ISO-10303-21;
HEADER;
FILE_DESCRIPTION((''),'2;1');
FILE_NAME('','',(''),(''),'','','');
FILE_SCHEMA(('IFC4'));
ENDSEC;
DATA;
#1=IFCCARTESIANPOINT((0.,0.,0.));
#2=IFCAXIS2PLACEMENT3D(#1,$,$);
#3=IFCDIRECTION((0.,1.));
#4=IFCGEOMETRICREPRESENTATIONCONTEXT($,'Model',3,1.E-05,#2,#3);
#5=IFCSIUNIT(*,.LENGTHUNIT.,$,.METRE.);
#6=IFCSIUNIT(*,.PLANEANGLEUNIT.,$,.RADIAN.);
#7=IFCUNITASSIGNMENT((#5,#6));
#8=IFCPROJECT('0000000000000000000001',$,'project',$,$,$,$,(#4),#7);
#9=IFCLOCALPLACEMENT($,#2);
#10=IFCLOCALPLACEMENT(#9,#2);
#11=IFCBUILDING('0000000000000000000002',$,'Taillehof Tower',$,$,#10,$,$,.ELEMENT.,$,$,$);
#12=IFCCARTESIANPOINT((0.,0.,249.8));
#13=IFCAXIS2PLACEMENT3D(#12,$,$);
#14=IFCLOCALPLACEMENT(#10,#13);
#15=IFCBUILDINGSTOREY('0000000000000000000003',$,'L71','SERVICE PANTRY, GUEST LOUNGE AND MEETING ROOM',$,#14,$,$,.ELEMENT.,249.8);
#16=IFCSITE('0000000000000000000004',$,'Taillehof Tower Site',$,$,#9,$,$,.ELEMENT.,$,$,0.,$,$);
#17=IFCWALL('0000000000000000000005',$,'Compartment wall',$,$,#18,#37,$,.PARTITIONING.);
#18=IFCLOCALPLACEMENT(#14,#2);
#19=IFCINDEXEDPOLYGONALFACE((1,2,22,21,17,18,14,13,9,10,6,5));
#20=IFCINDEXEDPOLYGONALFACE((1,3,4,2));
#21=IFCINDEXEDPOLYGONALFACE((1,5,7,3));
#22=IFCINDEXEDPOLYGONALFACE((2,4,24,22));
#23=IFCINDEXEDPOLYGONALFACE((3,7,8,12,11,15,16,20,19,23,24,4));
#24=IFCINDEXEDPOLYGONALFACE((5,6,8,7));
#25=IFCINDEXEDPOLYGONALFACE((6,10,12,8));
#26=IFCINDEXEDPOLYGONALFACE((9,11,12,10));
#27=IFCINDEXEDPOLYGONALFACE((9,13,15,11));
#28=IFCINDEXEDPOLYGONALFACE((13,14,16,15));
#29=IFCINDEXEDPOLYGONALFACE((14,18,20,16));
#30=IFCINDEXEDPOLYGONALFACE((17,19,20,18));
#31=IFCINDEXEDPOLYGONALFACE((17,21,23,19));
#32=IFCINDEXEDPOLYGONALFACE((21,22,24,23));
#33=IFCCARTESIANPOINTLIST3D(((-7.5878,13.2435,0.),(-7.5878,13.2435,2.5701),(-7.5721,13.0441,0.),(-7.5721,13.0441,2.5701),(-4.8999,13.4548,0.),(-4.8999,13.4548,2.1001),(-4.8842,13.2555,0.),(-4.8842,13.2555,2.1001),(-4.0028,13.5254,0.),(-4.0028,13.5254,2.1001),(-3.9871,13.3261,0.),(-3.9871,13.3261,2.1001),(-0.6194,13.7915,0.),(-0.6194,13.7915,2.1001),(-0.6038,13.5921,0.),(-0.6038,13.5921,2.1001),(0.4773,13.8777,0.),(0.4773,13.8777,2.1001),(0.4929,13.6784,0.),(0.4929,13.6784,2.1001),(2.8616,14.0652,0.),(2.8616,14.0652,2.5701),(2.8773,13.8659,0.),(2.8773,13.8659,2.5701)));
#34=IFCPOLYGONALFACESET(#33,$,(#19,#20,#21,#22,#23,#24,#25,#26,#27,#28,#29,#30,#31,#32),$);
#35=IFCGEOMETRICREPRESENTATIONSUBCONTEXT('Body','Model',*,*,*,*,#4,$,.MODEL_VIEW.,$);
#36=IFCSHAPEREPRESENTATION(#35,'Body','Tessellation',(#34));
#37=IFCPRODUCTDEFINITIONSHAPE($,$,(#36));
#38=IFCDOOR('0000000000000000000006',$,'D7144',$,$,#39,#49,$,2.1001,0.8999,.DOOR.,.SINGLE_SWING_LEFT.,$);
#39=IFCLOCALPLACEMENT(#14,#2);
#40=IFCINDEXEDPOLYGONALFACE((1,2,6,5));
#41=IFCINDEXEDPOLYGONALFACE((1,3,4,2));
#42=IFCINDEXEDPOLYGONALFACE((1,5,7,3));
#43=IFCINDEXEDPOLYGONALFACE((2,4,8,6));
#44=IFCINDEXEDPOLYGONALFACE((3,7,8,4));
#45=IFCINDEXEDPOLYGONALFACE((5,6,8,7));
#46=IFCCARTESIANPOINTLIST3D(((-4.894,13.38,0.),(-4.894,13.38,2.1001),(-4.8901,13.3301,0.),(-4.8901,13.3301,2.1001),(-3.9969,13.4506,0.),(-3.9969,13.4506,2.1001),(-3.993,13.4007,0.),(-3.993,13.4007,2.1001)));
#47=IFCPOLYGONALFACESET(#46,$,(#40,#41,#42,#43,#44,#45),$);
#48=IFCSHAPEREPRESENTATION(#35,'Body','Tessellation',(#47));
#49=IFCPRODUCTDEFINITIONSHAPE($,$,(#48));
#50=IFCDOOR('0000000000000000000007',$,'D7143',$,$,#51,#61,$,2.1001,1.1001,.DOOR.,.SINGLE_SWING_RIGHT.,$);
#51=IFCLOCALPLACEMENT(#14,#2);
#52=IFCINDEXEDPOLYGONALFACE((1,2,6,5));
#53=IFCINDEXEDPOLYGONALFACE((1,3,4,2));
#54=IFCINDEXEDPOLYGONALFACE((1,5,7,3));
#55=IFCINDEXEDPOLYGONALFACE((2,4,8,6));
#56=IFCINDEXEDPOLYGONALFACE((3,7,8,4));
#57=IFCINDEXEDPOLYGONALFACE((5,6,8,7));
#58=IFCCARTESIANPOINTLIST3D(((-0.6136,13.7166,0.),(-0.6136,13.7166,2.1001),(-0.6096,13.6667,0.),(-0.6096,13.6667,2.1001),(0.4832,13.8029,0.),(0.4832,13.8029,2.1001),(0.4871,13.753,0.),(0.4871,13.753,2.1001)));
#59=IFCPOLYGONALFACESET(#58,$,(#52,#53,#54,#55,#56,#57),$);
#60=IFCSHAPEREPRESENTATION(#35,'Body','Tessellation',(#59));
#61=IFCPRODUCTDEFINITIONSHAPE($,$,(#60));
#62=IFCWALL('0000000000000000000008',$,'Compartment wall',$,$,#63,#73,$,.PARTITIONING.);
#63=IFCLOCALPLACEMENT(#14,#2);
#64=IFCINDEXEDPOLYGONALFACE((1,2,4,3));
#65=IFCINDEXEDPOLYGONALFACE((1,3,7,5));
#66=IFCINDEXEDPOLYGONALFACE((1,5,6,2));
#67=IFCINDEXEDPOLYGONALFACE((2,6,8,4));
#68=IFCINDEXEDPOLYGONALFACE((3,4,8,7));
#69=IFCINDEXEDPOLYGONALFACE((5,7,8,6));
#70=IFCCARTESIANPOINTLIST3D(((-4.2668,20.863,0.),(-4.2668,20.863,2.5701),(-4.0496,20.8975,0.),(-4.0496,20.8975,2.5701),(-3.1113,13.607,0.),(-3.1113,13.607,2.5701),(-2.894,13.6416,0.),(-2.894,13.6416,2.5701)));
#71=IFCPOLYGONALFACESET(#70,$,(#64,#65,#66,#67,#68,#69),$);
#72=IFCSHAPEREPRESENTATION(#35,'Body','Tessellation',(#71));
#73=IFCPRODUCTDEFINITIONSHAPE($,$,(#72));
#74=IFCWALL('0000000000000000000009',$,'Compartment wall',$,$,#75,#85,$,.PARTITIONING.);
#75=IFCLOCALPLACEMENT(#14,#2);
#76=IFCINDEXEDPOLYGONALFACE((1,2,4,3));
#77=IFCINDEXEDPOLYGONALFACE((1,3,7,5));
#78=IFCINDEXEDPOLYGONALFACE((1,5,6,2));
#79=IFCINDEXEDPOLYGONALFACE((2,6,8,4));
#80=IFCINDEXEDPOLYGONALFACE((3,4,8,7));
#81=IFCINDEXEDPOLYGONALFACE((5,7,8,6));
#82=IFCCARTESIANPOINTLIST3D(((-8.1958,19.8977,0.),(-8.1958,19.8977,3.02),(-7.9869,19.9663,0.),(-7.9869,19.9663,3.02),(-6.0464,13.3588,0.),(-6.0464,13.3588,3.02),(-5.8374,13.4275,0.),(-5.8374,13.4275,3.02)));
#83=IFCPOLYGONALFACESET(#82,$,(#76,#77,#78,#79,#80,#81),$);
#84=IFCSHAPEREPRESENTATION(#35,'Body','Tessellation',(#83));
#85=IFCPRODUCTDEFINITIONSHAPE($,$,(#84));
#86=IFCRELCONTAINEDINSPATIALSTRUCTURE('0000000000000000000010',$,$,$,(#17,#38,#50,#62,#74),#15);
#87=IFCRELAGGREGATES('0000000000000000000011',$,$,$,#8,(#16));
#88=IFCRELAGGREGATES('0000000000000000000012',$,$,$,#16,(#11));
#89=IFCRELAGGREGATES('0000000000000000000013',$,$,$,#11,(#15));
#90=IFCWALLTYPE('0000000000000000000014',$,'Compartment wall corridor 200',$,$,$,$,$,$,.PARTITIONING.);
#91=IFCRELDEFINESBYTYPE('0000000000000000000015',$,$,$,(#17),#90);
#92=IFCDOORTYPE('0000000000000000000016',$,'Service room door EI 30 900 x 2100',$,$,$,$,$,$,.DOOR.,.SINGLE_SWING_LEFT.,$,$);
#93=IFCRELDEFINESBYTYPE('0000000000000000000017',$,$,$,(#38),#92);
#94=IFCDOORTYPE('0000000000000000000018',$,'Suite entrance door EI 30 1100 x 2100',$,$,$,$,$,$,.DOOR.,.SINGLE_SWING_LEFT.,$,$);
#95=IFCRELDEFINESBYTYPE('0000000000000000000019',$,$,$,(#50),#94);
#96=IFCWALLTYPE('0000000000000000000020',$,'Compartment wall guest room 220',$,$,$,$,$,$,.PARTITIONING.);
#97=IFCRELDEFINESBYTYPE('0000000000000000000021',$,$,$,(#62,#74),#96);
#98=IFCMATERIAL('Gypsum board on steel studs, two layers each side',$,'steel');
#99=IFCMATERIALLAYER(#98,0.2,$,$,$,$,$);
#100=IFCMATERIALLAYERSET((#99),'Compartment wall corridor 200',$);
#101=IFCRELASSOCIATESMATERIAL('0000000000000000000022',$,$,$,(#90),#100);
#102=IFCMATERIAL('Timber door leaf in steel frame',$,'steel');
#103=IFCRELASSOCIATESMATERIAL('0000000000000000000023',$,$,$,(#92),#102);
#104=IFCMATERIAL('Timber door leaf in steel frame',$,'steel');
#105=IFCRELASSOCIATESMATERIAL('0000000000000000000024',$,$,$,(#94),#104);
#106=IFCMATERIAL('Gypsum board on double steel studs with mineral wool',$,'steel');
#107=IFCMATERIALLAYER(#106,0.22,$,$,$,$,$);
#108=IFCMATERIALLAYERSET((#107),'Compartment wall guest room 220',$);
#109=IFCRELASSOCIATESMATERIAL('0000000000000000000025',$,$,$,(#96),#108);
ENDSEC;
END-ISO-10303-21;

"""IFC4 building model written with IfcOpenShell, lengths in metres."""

from ifc_helpers import new_model, si_unit, direction, frame, frame_2d, origin, place, context, subcontext, project, spatial, rectangle, extrude, material, layer, layer_set, type_object, element, fill, save


model = new_model("IFC4")

# Units and contexts
model_context = context("Model", 3, precision=1e-05, world=origin(), true_north=direction((0.0, 1.0)))
body_context = subcontext(model_context, "Body", "Model", "MODEL_VIEW")
ifc_project = project(units=[si_unit("LENGTHUNIT", "METRE"), si_unit("PLANEANGLEUNIT", "RADIAN")], contexts=[model_context])

# Site, building, storey
site_placement = place(None, origin())
site = spatial("IfcSite", under=ifc_project, at=site_placement, Name="Taillehof Tower Site", CompositionType="ELEMENT", RefElevation=0.0)
building_placement = place(site_placement, origin())
building = spatial("IfcBuilding", under=site, at=building_placement, Name="Taillehof Tower", CompositionType="ELEMENT")
storey_placement = place(building_placement, frame((0.0, 0.0, 249.8)))
storey = spatial("IfcBuildingStorey", under=building, at=storey_placement, Name="L71", Description="SERVICE PANTRY, GUEST LOUNGE AND MEETING ROOM", CompositionType="ELEMENT", Elevation=249.8)

# Shared definitions
ifc_material_1 = material(Name="Gypsum board on steel studs, two layers each side", Category="steel")
ifc_layer_1 = layer(ifc_material_1, 0.2)
ifc_layer_set_1 = layer_set([ifc_layer_1], Name="Compartment wall corridor 200")
wall_type_1 = type_object("IfcWallType", Name="Compartment wall corridor 200", PredefinedType="PARTITIONING", material=ifc_layer_set_1)

# Wall, openings, doors
wall_1_placement = place(storey_placement, frame((-7.5798, 13.1438, 0.0), z_axis=(0.0, 0.0, 1.0), x_axis=(0.996922, 0.078401, 0.0)))
wall_1 = element("IfcWall", 1, at=wall_1_placement, inside=storey, type_object=wall_type_1, Name="Compartment wall", PredefinedType="PARTITIONING", context=body_context, shape_type="SweptSolid", body=[
    extrude(rectangle(XDim=10.4817, YDim=0.2, at=frame_2d((5.2407, 0.0))), origin(), (0.0, 0.0, 1.0), 2.5701),
])
opening_1_placement = place(wall_1_placement, frame((6.9897, 0.0, 0.0)))
opening_1 = element("IfcOpeningElement", 2, at=opening_1_placement, cuts=wall_1, PredefinedType="OPENING", context=body_context, shape_type="SweptSolid", body=[
    extrude(rectangle(XDim=1.1001, YDim=2.1001, at=frame_2d((0.55, 1.05))), frame((0.0, 0.1099, 0.0), z_axis=(0.0, -1.0, 0.0), x_axis=(1.0, 0.0, 0.0)), (0.0, 0.0, 1.0), 0.22),
])
opening_2_placement = place(wall_1_placement, frame((2.696, 0.0, 0.0)))
opening_2 = element("IfcOpeningElement", 3, at=opening_2_placement, cuts=wall_1, PredefinedType="OPENING", context=body_context, shape_type="SweptSolid", body=[
    extrude(rectangle(XDim=0.8999, YDim=2.1001, at=frame_2d((0.45, 1.05))), frame((0.0, 0.1099, 0.0), z_axis=(0.0, -1.0, 0.0), x_axis=(1.0, 0.0, 0.0)), (0.0, 0.0, 1.0), 0.22),
])
ifc_material_2 = material(Name="Timber door leaf in steel frame", Category="steel")
door_type_1 = type_object("IfcDoorType", Name="Service room door EI 30 900 x 2100", OperationType="SINGLE_SWING_LEFT", PredefinedType="DOOR", material=ifc_material_2)
door_1_placement = place(opening_2_placement, origin())
door_1 = element("IfcDoor", 4, at=door_1_placement, inside=storey, type_object=door_type_1, Name="D7144", OperationType="SINGLE_SWING_LEFT", OverallHeight=2.1001, OverallWidth=0.8999, PredefinedType="DOOR", context=body_context, shape_type="SweptSolid", body=[
    extrude(rectangle(XDim=0.8999, YDim=2.1001, at=frame_2d((0.45, 1.05))), frame((0.0, 0.0249, 0.0), z_axis=(0.0, -1.0, 0.0), x_axis=(1.0, 0.0, 0.0)), (0.0, 0.0, 1.0), 0.05),
])
fill(opening_2, door_1)
ifc_material_3 = material(Name="Timber door leaf in steel frame", Category="steel")
door_type_2 = type_object("IfcDoorType", Name="Suite entrance door EI 30 1100 x 2100", OperationType="SINGLE_SWING_LEFT", PredefinedType="DOOR", material=ifc_material_3)
door_2_placement = place(opening_1_placement, origin())
door_2 = element("IfcDoor", 5, at=door_2_placement, inside=storey, type_object=door_type_2, Name="D7143", OperationType="SINGLE_SWING_RIGHT", OverallHeight=2.1001, OverallWidth=1.1001, PredefinedType="DOOR", context=body_context, shape_type="SweptSolid", body=[
    extrude(rectangle(XDim=1.1001, YDim=2.1001, at=frame_2d((0.55, 1.05))), frame((0.0, 0.0249, 0.0), z_axis=(0.0, -1.0, 0.0), x_axis=(1.0, 0.0, 0.0)), (0.0, 0.0, 1.0), 0.05),
])
fill(opening_1, door_2)

# Walls
ifc_material_4 = material(Name="Gypsum board on double steel studs with mineral wool", Category="steel")
ifc_layer_2 = layer(ifc_material_4, 0.22)
ifc_layer_set_2 = layer_set([ifc_layer_2], Name="Compartment wall guest room 220")
wall_type_2 = type_object("IfcWallType", Name="Compartment wall guest room 220", PredefinedType="PARTITIONING", material=ifc_layer_set_2)
wall_2_placement = place(storey_placement, frame((-4.1582, 20.8804, 0.0), z_axis=(0.0, 0.0, 1.0), x_axis=(0.157271, -0.987555, 0.0)))
element("IfcWall", 6, at=wall_2_placement, inside=storey, type_object=wall_type_2, Name="Compartment wall", PredefinedType="PARTITIONING", context=body_context, shape_type="SweptSolid", body=[
    extrude(rectangle(XDim=7.3474, YDim=0.22, at=frame_2d((3.6738, 0.0))), origin(), (0.0, 0.0, 1.0), 2.5701),
])
wall_3_placement = place(storey_placement, frame((-8.0913, 19.9319, 0.0), z_axis=(0.0, 0.0, 1.0), x_axis=(0.312277, -0.949991, 0.0)))
element("IfcWall", 7, at=wall_3_placement, inside=storey, type_object=wall_type_2, Name="Compartment wall", PredefinedType="PARTITIONING", context=body_context, shape_type="SweptSolid", body=[
    extrude(rectangle(XDim=6.8831, YDim=0.22, at=frame_2d((3.4414, 0.0))), origin(), (0.0, 0.0, 1.0), 3.02),
])

save(model, "model.ifc")
